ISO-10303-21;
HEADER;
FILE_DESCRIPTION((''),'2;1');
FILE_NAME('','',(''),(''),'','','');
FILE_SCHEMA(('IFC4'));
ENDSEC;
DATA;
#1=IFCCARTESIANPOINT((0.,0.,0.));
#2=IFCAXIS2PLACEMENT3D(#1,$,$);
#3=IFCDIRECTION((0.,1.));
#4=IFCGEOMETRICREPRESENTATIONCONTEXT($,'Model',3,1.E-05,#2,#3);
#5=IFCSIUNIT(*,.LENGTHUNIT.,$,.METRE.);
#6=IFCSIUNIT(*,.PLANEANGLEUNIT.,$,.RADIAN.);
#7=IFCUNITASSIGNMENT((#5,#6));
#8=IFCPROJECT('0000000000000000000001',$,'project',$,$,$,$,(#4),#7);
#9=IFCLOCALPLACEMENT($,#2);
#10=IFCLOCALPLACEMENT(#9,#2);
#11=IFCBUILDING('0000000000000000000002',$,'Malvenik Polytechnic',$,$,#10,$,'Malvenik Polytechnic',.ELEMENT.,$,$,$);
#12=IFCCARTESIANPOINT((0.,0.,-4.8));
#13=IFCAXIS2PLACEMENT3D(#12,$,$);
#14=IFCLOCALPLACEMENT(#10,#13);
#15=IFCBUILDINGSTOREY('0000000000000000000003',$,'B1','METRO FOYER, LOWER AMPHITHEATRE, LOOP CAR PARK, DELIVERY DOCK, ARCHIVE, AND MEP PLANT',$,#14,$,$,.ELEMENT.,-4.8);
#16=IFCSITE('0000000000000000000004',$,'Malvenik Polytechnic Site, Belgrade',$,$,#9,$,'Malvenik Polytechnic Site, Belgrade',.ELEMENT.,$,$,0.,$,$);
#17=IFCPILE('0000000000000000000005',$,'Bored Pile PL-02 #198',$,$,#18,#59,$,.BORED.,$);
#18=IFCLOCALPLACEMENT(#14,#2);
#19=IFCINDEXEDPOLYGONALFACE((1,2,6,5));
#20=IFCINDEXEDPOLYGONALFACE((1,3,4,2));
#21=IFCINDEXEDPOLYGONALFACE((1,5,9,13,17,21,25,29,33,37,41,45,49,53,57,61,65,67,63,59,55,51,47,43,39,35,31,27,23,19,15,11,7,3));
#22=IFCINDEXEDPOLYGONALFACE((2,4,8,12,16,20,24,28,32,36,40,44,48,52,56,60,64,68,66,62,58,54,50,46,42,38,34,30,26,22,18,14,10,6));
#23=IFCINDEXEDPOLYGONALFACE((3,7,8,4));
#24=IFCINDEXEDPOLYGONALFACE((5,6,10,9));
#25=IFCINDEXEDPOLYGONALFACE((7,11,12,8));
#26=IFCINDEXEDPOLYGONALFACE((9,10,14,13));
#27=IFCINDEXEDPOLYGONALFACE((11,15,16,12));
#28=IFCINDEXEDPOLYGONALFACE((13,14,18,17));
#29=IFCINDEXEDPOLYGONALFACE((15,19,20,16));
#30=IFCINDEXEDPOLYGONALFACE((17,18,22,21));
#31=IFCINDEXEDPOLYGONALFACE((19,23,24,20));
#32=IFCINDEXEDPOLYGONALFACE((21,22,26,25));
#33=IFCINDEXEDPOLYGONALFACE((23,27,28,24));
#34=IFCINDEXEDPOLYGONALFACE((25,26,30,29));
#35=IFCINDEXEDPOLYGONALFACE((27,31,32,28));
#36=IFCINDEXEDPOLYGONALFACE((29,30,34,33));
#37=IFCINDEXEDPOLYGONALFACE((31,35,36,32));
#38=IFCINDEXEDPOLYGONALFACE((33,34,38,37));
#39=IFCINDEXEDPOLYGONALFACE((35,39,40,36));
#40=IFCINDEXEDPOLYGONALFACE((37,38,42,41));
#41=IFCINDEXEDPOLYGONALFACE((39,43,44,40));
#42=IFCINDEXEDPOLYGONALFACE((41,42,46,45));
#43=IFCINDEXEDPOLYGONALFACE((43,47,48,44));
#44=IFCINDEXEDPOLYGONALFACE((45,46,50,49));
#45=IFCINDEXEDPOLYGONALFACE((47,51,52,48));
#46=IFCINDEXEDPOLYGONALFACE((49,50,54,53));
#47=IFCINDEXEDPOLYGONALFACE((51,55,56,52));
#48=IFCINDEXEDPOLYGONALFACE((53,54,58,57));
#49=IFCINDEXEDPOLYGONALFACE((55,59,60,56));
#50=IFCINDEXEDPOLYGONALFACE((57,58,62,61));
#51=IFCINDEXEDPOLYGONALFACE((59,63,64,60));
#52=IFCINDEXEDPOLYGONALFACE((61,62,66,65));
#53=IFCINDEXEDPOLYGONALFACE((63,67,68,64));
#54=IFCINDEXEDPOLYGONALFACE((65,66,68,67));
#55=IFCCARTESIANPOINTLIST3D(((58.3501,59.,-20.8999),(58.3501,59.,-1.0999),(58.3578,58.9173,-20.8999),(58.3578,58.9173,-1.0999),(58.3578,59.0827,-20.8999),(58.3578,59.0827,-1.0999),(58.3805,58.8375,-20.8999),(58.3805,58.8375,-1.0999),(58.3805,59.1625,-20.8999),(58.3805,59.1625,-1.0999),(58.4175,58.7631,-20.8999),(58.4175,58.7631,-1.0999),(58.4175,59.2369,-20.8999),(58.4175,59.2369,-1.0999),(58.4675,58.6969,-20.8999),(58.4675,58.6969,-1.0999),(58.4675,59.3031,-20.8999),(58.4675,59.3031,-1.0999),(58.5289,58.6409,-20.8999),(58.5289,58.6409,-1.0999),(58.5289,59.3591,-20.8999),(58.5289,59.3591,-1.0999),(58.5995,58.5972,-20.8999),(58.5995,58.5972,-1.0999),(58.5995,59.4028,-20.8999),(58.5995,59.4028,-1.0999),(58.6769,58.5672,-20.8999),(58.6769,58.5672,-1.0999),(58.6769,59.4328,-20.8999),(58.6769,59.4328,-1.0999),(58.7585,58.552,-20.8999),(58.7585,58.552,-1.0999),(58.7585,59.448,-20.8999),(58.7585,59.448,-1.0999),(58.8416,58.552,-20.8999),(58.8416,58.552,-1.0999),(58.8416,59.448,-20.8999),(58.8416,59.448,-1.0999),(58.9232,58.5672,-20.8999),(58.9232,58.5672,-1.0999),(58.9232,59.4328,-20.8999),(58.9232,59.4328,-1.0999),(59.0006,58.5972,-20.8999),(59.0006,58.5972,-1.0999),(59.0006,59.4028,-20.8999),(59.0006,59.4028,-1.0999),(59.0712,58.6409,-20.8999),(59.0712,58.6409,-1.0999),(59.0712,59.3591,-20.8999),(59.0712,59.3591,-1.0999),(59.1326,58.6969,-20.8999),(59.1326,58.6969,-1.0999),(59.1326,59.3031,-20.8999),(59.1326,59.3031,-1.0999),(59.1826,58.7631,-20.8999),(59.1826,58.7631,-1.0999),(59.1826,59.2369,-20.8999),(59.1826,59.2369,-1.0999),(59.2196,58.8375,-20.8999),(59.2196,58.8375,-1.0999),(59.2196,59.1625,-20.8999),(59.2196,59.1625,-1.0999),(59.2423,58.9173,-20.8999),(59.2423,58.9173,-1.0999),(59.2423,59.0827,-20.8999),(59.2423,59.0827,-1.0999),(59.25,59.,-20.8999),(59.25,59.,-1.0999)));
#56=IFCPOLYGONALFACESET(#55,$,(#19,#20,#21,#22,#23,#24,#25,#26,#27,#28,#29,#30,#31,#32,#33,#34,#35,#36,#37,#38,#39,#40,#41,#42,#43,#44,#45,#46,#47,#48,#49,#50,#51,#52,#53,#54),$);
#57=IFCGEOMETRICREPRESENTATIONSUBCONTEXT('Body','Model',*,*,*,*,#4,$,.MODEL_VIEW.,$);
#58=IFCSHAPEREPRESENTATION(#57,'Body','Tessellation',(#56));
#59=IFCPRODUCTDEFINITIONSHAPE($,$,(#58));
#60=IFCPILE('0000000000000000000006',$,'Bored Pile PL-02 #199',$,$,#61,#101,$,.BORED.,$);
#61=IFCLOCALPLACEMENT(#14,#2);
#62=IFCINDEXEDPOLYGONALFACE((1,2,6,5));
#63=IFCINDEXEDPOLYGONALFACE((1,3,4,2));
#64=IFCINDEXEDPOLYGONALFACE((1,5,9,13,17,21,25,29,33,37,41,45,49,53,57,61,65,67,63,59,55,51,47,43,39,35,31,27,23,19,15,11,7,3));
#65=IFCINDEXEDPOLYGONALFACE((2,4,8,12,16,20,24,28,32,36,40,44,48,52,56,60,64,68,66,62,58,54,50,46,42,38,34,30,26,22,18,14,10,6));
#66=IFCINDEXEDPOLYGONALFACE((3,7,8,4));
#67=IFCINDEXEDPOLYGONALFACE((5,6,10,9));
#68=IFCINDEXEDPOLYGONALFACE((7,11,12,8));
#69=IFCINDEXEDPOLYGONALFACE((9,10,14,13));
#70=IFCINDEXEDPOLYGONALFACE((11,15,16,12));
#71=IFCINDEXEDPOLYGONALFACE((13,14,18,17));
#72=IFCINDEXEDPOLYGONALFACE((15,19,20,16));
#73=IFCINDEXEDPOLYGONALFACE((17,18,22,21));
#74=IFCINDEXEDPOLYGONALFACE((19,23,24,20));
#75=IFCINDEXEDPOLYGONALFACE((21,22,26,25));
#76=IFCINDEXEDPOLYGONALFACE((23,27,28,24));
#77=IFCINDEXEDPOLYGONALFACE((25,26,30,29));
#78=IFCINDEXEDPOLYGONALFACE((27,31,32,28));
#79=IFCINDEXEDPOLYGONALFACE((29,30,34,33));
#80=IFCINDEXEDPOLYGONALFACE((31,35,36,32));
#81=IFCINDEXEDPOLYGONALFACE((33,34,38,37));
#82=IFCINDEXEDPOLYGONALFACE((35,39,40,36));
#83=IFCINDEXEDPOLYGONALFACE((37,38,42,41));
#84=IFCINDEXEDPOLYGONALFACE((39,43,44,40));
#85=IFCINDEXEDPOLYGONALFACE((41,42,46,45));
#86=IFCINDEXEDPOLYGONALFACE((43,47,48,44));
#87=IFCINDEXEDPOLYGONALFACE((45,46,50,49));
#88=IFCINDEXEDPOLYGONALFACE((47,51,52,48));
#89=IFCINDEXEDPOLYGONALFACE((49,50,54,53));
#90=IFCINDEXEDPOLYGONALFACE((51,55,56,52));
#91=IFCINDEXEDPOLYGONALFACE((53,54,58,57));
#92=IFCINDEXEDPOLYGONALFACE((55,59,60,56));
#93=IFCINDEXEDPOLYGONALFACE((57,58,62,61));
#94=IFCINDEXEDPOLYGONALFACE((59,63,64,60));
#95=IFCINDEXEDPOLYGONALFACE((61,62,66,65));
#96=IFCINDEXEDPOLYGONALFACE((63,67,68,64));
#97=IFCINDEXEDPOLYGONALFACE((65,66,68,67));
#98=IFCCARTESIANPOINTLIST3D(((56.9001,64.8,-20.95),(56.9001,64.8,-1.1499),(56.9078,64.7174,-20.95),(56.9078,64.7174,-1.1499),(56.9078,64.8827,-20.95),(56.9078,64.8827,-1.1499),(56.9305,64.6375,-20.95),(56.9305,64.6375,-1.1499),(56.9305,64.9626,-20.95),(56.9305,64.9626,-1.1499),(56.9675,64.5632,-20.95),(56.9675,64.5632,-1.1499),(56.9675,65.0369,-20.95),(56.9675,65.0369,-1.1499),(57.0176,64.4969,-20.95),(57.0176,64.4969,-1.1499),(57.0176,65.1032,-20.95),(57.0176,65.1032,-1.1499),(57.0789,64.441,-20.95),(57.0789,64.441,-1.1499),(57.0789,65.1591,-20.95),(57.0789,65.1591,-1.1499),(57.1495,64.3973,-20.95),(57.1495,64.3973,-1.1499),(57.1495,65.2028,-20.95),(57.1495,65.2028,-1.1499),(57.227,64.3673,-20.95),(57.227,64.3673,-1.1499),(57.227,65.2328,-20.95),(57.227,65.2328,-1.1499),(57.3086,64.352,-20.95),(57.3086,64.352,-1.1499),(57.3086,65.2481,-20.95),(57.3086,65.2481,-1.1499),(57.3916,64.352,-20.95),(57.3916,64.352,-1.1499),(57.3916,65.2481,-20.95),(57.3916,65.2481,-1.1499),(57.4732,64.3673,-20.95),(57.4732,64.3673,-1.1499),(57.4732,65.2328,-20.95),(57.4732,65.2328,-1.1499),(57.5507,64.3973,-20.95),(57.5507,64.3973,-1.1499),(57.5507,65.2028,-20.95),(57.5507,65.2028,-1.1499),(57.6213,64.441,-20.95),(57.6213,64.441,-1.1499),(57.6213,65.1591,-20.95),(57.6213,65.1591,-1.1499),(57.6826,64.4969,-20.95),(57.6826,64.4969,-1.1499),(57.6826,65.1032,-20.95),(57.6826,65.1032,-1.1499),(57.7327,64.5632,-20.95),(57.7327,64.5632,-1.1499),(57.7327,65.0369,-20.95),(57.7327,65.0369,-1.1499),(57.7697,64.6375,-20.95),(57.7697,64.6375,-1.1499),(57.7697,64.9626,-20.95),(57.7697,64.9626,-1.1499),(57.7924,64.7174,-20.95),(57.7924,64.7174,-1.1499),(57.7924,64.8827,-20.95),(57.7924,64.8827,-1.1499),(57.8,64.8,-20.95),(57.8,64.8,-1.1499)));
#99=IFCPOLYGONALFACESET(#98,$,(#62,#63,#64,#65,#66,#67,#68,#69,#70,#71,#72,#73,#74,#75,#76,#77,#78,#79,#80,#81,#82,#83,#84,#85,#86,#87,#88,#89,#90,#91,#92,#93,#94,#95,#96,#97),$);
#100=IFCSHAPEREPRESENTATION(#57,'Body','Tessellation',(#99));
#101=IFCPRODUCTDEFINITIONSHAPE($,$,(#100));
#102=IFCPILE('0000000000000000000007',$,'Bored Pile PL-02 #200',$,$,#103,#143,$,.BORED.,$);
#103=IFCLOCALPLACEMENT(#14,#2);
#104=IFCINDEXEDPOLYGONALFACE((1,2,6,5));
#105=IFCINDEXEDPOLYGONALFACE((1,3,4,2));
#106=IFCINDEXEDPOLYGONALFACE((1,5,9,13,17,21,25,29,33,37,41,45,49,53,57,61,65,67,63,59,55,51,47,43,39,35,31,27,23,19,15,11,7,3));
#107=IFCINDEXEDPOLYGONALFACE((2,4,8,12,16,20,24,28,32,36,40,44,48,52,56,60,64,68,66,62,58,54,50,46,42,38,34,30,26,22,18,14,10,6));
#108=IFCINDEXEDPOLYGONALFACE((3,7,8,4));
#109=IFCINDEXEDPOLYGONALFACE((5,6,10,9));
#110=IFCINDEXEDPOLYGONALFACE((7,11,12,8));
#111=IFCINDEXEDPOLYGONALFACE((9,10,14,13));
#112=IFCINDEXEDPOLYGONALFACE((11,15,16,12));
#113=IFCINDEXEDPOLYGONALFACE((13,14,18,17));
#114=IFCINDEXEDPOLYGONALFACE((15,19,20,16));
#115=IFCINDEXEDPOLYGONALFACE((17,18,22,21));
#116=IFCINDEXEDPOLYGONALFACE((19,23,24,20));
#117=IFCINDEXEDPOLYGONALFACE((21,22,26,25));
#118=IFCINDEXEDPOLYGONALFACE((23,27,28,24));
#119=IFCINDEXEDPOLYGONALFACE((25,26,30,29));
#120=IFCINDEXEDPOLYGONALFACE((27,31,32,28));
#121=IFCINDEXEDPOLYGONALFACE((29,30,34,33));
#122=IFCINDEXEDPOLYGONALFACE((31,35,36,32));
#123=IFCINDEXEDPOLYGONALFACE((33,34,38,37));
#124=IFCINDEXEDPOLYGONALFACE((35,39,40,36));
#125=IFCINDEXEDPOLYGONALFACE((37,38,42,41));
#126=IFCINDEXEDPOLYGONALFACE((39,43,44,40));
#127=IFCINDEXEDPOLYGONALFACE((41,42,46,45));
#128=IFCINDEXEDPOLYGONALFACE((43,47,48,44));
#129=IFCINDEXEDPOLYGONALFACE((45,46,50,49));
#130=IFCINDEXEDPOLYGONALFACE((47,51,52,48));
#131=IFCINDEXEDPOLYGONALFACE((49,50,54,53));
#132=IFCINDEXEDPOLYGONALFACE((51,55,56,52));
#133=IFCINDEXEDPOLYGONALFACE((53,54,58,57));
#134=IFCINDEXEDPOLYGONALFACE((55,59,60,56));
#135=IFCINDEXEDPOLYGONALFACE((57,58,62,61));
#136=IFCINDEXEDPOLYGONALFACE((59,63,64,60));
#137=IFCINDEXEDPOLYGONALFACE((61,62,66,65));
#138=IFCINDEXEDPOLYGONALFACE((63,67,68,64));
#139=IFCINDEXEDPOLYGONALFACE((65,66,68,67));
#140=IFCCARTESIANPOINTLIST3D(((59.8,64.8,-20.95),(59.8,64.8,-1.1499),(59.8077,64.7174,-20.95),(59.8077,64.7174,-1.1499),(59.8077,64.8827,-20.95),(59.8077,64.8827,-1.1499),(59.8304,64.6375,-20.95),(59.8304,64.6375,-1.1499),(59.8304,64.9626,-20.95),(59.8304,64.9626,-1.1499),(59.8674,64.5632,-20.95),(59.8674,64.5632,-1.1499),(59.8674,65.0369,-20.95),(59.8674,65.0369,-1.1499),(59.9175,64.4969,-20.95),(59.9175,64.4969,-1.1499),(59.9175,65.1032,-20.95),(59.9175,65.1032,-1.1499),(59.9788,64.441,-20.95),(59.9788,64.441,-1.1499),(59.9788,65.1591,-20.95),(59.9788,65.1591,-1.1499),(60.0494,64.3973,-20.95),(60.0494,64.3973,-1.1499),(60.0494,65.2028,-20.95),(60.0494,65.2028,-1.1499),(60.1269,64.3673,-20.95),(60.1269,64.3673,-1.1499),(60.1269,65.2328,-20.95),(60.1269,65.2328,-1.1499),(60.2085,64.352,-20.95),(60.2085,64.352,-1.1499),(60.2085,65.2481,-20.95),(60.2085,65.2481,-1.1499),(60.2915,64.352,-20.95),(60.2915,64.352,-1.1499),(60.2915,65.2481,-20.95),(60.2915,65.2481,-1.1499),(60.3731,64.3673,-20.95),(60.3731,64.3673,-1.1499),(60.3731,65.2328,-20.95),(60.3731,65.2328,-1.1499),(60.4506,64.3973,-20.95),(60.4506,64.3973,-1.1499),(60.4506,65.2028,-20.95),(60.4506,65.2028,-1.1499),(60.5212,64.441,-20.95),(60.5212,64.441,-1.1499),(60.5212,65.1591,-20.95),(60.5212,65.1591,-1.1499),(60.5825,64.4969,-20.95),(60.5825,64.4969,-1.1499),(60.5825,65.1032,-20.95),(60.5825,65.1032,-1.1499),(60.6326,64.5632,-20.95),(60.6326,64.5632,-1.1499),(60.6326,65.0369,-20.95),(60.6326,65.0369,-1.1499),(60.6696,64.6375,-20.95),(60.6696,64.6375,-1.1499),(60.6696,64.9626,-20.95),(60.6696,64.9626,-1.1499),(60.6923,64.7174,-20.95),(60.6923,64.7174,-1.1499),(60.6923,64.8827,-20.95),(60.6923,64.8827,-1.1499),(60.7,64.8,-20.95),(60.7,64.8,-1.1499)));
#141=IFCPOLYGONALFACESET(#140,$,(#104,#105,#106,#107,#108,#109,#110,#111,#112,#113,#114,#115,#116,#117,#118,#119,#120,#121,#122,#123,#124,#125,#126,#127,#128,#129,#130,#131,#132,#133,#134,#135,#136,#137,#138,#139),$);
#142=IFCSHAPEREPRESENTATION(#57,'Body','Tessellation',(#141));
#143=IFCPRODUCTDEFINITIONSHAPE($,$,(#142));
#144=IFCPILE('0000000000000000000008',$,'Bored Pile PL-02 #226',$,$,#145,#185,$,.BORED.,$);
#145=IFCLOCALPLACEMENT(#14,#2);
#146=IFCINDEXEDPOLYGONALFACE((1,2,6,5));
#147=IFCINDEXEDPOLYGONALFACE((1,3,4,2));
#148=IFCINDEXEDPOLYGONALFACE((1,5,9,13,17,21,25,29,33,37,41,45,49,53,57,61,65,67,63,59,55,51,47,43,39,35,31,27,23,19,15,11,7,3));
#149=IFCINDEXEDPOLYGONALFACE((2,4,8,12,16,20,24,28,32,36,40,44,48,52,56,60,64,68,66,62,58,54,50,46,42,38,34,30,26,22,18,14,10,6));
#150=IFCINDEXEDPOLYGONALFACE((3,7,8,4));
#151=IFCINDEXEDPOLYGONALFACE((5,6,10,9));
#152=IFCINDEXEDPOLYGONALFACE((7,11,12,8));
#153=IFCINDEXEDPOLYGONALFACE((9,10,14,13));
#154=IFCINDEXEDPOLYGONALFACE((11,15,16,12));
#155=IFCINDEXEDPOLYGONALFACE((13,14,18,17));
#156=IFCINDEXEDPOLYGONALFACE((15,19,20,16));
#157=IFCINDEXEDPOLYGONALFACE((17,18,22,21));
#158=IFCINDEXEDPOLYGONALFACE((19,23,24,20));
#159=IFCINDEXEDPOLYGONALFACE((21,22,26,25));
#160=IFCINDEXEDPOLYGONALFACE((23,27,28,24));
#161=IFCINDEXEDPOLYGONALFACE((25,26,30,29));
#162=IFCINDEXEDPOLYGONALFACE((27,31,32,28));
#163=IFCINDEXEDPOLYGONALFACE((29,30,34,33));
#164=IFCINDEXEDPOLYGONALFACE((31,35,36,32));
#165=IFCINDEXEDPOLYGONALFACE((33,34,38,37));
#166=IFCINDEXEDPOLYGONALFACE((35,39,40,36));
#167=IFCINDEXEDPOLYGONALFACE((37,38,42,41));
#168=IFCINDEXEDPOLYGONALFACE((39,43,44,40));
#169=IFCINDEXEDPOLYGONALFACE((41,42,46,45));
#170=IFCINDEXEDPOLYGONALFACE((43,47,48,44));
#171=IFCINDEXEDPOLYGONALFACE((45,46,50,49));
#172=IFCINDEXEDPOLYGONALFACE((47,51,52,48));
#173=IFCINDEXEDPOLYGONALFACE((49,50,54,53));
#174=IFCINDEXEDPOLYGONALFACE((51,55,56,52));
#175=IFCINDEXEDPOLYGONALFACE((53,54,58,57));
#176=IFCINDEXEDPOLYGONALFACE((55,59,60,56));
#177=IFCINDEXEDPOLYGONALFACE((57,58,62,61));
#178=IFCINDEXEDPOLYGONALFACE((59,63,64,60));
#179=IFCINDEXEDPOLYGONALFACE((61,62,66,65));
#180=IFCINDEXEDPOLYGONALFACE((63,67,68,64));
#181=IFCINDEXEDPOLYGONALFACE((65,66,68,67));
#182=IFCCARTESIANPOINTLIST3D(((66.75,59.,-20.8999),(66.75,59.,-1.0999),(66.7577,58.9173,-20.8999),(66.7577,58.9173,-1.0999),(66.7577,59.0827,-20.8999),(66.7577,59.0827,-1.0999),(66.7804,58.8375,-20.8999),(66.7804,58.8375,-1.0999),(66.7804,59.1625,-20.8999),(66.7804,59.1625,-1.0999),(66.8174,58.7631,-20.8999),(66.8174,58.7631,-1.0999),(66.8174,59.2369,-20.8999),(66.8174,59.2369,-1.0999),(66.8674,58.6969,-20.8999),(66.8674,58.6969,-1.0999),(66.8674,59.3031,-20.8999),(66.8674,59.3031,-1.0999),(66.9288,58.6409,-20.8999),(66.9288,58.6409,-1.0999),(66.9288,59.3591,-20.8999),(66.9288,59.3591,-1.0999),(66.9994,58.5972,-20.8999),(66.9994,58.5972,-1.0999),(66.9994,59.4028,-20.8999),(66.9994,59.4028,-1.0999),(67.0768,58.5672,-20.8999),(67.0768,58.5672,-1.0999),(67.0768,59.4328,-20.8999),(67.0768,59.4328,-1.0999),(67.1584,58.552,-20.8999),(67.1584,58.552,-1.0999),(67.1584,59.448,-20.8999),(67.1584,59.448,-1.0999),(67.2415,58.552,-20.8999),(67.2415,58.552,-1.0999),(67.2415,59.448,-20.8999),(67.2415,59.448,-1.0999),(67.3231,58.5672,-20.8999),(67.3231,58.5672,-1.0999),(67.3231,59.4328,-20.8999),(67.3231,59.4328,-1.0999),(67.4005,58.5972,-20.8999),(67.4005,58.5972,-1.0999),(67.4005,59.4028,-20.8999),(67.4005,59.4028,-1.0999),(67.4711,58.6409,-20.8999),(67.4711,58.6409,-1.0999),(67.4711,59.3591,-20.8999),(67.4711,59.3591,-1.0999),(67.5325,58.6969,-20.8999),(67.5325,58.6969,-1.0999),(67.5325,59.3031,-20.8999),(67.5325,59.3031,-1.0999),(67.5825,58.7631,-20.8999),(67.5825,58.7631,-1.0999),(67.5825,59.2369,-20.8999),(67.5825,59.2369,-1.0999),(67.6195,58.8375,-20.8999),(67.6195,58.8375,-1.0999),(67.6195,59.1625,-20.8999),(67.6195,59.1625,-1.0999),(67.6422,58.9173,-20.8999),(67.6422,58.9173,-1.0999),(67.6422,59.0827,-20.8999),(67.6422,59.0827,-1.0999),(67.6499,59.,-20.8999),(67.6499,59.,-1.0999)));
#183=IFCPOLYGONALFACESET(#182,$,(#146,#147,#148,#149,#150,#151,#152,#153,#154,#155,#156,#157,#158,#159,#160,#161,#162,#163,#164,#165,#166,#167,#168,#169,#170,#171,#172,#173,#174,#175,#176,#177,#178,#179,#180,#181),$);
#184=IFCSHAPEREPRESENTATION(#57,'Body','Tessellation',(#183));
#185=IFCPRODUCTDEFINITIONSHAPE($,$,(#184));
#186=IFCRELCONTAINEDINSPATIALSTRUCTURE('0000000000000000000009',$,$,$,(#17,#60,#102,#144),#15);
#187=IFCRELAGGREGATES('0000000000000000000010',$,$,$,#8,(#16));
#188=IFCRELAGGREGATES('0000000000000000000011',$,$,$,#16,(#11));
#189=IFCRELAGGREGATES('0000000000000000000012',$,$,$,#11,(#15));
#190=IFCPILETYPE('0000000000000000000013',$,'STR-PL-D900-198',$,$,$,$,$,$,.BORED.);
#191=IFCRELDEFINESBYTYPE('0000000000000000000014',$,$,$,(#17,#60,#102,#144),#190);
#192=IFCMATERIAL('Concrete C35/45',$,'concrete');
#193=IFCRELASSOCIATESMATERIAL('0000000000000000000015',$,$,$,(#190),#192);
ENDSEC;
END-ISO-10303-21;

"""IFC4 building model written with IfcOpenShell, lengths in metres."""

from ifc_helpers import new_model, si_unit, direction, frame, origin, origin_2d, place, context, subcontext, project, spatial, circle, extrude, material, material_profile, profile_set, type_object, element, save


model = new_model("IFC4")

# Units and contexts
model_context = context("Model", 3, precision=1e-05, world=origin(), true_north=direction((0.0, 1.0)))
body_context = subcontext(model_context, "Body", "Model", "MODEL_VIEW")
ifc_project = project(units=[si_unit("LENGTHUNIT", "METRE"), si_unit("PLANEANGLEUNIT", "RADIAN")], contexts=[model_context])

# Site, building, storey
site_placement = place(None, origin())
site = spatial("IfcSite", under=ifc_project, at=site_placement, Name="Malvenik Polytechnic Site, Belgrade", LongName="Malvenik Polytechnic Site, Belgrade", CompositionType="ELEMENT", RefElevation=0.0)
building_placement = place(site_placement, origin())
building = spatial("IfcBuilding", under=site, at=building_placement, Name="Malvenik Polytechnic", LongName="Malvenik Polytechnic", CompositionType="ELEMENT")
storey_placement = place(building_placement, frame((0.0, 0.0, -4.8)))
storey = spatial("IfcBuildingStorey", under=building, at=storey_placement, Name="B1", Description="METRO FOYER, LOWER AMPHITHEATRE, LOOP CAR PARK, DELIVERY DOCK, ARCHIVE, AND MEP PLANT", CompositionType="ELEMENT", Elevation=-4.8)

# Shared definitions
ifc_material_1 = material(Name="Concrete C35/45", Category="concrete")

# Piles
ifc_material_profile_1 = material_profile(ifc_material_1, circle(Radius=0.45, at=origin_2d()), Name="BORED PILE D900")
ifc_profile_set_1 = profile_set([ifc_material_profile_1], Name="Concrete C35/45")
pile_type_1 = type_object("IfcPileType", Name="STR-PL-D900-198", PredefinedType="BORED", material=ifc_profile_set_1)
for number, where, z_axis, x_axis, name in (
    (1, (58.8, 59.0, -1.0999), (0.0, 0.0, -1.0), (1.0, 0.0, 0.0), "Bored Pile PL-02 #198"),
    (2, (57.3501, 64.8, -1.1499), (0.0, 0.0, -1.0), (1.0, 0.0, 0.0), "Bored Pile PL-02 #199"),
    (3, (60.25, 64.8, -1.1499), (0.0, 0.0, -1.0), (1.0, 0.0, 0.0), "Bored Pile PL-02 #200"),
    (4, (67.2, 59.0, -1.0999), (0.0, 0.0, -1.0), (1.0, 0.0, 0.0), "Bored Pile PL-02 #226"),
):
    element("IfcPile", number, at=place(storey_placement, frame(where, z_axis=z_axis, x_axis=x_axis)), inside=storey, type_object=pile_type_1, Name=name, PredefinedType="BORED", context=body_context, shape_type="SweptSolid", body=[
        extrude(circle(Radius=0.45, at=origin_2d()), origin(), (0.0, 0.0, 1.0), 19.8),
    ])

save(model, "model.ifc")
